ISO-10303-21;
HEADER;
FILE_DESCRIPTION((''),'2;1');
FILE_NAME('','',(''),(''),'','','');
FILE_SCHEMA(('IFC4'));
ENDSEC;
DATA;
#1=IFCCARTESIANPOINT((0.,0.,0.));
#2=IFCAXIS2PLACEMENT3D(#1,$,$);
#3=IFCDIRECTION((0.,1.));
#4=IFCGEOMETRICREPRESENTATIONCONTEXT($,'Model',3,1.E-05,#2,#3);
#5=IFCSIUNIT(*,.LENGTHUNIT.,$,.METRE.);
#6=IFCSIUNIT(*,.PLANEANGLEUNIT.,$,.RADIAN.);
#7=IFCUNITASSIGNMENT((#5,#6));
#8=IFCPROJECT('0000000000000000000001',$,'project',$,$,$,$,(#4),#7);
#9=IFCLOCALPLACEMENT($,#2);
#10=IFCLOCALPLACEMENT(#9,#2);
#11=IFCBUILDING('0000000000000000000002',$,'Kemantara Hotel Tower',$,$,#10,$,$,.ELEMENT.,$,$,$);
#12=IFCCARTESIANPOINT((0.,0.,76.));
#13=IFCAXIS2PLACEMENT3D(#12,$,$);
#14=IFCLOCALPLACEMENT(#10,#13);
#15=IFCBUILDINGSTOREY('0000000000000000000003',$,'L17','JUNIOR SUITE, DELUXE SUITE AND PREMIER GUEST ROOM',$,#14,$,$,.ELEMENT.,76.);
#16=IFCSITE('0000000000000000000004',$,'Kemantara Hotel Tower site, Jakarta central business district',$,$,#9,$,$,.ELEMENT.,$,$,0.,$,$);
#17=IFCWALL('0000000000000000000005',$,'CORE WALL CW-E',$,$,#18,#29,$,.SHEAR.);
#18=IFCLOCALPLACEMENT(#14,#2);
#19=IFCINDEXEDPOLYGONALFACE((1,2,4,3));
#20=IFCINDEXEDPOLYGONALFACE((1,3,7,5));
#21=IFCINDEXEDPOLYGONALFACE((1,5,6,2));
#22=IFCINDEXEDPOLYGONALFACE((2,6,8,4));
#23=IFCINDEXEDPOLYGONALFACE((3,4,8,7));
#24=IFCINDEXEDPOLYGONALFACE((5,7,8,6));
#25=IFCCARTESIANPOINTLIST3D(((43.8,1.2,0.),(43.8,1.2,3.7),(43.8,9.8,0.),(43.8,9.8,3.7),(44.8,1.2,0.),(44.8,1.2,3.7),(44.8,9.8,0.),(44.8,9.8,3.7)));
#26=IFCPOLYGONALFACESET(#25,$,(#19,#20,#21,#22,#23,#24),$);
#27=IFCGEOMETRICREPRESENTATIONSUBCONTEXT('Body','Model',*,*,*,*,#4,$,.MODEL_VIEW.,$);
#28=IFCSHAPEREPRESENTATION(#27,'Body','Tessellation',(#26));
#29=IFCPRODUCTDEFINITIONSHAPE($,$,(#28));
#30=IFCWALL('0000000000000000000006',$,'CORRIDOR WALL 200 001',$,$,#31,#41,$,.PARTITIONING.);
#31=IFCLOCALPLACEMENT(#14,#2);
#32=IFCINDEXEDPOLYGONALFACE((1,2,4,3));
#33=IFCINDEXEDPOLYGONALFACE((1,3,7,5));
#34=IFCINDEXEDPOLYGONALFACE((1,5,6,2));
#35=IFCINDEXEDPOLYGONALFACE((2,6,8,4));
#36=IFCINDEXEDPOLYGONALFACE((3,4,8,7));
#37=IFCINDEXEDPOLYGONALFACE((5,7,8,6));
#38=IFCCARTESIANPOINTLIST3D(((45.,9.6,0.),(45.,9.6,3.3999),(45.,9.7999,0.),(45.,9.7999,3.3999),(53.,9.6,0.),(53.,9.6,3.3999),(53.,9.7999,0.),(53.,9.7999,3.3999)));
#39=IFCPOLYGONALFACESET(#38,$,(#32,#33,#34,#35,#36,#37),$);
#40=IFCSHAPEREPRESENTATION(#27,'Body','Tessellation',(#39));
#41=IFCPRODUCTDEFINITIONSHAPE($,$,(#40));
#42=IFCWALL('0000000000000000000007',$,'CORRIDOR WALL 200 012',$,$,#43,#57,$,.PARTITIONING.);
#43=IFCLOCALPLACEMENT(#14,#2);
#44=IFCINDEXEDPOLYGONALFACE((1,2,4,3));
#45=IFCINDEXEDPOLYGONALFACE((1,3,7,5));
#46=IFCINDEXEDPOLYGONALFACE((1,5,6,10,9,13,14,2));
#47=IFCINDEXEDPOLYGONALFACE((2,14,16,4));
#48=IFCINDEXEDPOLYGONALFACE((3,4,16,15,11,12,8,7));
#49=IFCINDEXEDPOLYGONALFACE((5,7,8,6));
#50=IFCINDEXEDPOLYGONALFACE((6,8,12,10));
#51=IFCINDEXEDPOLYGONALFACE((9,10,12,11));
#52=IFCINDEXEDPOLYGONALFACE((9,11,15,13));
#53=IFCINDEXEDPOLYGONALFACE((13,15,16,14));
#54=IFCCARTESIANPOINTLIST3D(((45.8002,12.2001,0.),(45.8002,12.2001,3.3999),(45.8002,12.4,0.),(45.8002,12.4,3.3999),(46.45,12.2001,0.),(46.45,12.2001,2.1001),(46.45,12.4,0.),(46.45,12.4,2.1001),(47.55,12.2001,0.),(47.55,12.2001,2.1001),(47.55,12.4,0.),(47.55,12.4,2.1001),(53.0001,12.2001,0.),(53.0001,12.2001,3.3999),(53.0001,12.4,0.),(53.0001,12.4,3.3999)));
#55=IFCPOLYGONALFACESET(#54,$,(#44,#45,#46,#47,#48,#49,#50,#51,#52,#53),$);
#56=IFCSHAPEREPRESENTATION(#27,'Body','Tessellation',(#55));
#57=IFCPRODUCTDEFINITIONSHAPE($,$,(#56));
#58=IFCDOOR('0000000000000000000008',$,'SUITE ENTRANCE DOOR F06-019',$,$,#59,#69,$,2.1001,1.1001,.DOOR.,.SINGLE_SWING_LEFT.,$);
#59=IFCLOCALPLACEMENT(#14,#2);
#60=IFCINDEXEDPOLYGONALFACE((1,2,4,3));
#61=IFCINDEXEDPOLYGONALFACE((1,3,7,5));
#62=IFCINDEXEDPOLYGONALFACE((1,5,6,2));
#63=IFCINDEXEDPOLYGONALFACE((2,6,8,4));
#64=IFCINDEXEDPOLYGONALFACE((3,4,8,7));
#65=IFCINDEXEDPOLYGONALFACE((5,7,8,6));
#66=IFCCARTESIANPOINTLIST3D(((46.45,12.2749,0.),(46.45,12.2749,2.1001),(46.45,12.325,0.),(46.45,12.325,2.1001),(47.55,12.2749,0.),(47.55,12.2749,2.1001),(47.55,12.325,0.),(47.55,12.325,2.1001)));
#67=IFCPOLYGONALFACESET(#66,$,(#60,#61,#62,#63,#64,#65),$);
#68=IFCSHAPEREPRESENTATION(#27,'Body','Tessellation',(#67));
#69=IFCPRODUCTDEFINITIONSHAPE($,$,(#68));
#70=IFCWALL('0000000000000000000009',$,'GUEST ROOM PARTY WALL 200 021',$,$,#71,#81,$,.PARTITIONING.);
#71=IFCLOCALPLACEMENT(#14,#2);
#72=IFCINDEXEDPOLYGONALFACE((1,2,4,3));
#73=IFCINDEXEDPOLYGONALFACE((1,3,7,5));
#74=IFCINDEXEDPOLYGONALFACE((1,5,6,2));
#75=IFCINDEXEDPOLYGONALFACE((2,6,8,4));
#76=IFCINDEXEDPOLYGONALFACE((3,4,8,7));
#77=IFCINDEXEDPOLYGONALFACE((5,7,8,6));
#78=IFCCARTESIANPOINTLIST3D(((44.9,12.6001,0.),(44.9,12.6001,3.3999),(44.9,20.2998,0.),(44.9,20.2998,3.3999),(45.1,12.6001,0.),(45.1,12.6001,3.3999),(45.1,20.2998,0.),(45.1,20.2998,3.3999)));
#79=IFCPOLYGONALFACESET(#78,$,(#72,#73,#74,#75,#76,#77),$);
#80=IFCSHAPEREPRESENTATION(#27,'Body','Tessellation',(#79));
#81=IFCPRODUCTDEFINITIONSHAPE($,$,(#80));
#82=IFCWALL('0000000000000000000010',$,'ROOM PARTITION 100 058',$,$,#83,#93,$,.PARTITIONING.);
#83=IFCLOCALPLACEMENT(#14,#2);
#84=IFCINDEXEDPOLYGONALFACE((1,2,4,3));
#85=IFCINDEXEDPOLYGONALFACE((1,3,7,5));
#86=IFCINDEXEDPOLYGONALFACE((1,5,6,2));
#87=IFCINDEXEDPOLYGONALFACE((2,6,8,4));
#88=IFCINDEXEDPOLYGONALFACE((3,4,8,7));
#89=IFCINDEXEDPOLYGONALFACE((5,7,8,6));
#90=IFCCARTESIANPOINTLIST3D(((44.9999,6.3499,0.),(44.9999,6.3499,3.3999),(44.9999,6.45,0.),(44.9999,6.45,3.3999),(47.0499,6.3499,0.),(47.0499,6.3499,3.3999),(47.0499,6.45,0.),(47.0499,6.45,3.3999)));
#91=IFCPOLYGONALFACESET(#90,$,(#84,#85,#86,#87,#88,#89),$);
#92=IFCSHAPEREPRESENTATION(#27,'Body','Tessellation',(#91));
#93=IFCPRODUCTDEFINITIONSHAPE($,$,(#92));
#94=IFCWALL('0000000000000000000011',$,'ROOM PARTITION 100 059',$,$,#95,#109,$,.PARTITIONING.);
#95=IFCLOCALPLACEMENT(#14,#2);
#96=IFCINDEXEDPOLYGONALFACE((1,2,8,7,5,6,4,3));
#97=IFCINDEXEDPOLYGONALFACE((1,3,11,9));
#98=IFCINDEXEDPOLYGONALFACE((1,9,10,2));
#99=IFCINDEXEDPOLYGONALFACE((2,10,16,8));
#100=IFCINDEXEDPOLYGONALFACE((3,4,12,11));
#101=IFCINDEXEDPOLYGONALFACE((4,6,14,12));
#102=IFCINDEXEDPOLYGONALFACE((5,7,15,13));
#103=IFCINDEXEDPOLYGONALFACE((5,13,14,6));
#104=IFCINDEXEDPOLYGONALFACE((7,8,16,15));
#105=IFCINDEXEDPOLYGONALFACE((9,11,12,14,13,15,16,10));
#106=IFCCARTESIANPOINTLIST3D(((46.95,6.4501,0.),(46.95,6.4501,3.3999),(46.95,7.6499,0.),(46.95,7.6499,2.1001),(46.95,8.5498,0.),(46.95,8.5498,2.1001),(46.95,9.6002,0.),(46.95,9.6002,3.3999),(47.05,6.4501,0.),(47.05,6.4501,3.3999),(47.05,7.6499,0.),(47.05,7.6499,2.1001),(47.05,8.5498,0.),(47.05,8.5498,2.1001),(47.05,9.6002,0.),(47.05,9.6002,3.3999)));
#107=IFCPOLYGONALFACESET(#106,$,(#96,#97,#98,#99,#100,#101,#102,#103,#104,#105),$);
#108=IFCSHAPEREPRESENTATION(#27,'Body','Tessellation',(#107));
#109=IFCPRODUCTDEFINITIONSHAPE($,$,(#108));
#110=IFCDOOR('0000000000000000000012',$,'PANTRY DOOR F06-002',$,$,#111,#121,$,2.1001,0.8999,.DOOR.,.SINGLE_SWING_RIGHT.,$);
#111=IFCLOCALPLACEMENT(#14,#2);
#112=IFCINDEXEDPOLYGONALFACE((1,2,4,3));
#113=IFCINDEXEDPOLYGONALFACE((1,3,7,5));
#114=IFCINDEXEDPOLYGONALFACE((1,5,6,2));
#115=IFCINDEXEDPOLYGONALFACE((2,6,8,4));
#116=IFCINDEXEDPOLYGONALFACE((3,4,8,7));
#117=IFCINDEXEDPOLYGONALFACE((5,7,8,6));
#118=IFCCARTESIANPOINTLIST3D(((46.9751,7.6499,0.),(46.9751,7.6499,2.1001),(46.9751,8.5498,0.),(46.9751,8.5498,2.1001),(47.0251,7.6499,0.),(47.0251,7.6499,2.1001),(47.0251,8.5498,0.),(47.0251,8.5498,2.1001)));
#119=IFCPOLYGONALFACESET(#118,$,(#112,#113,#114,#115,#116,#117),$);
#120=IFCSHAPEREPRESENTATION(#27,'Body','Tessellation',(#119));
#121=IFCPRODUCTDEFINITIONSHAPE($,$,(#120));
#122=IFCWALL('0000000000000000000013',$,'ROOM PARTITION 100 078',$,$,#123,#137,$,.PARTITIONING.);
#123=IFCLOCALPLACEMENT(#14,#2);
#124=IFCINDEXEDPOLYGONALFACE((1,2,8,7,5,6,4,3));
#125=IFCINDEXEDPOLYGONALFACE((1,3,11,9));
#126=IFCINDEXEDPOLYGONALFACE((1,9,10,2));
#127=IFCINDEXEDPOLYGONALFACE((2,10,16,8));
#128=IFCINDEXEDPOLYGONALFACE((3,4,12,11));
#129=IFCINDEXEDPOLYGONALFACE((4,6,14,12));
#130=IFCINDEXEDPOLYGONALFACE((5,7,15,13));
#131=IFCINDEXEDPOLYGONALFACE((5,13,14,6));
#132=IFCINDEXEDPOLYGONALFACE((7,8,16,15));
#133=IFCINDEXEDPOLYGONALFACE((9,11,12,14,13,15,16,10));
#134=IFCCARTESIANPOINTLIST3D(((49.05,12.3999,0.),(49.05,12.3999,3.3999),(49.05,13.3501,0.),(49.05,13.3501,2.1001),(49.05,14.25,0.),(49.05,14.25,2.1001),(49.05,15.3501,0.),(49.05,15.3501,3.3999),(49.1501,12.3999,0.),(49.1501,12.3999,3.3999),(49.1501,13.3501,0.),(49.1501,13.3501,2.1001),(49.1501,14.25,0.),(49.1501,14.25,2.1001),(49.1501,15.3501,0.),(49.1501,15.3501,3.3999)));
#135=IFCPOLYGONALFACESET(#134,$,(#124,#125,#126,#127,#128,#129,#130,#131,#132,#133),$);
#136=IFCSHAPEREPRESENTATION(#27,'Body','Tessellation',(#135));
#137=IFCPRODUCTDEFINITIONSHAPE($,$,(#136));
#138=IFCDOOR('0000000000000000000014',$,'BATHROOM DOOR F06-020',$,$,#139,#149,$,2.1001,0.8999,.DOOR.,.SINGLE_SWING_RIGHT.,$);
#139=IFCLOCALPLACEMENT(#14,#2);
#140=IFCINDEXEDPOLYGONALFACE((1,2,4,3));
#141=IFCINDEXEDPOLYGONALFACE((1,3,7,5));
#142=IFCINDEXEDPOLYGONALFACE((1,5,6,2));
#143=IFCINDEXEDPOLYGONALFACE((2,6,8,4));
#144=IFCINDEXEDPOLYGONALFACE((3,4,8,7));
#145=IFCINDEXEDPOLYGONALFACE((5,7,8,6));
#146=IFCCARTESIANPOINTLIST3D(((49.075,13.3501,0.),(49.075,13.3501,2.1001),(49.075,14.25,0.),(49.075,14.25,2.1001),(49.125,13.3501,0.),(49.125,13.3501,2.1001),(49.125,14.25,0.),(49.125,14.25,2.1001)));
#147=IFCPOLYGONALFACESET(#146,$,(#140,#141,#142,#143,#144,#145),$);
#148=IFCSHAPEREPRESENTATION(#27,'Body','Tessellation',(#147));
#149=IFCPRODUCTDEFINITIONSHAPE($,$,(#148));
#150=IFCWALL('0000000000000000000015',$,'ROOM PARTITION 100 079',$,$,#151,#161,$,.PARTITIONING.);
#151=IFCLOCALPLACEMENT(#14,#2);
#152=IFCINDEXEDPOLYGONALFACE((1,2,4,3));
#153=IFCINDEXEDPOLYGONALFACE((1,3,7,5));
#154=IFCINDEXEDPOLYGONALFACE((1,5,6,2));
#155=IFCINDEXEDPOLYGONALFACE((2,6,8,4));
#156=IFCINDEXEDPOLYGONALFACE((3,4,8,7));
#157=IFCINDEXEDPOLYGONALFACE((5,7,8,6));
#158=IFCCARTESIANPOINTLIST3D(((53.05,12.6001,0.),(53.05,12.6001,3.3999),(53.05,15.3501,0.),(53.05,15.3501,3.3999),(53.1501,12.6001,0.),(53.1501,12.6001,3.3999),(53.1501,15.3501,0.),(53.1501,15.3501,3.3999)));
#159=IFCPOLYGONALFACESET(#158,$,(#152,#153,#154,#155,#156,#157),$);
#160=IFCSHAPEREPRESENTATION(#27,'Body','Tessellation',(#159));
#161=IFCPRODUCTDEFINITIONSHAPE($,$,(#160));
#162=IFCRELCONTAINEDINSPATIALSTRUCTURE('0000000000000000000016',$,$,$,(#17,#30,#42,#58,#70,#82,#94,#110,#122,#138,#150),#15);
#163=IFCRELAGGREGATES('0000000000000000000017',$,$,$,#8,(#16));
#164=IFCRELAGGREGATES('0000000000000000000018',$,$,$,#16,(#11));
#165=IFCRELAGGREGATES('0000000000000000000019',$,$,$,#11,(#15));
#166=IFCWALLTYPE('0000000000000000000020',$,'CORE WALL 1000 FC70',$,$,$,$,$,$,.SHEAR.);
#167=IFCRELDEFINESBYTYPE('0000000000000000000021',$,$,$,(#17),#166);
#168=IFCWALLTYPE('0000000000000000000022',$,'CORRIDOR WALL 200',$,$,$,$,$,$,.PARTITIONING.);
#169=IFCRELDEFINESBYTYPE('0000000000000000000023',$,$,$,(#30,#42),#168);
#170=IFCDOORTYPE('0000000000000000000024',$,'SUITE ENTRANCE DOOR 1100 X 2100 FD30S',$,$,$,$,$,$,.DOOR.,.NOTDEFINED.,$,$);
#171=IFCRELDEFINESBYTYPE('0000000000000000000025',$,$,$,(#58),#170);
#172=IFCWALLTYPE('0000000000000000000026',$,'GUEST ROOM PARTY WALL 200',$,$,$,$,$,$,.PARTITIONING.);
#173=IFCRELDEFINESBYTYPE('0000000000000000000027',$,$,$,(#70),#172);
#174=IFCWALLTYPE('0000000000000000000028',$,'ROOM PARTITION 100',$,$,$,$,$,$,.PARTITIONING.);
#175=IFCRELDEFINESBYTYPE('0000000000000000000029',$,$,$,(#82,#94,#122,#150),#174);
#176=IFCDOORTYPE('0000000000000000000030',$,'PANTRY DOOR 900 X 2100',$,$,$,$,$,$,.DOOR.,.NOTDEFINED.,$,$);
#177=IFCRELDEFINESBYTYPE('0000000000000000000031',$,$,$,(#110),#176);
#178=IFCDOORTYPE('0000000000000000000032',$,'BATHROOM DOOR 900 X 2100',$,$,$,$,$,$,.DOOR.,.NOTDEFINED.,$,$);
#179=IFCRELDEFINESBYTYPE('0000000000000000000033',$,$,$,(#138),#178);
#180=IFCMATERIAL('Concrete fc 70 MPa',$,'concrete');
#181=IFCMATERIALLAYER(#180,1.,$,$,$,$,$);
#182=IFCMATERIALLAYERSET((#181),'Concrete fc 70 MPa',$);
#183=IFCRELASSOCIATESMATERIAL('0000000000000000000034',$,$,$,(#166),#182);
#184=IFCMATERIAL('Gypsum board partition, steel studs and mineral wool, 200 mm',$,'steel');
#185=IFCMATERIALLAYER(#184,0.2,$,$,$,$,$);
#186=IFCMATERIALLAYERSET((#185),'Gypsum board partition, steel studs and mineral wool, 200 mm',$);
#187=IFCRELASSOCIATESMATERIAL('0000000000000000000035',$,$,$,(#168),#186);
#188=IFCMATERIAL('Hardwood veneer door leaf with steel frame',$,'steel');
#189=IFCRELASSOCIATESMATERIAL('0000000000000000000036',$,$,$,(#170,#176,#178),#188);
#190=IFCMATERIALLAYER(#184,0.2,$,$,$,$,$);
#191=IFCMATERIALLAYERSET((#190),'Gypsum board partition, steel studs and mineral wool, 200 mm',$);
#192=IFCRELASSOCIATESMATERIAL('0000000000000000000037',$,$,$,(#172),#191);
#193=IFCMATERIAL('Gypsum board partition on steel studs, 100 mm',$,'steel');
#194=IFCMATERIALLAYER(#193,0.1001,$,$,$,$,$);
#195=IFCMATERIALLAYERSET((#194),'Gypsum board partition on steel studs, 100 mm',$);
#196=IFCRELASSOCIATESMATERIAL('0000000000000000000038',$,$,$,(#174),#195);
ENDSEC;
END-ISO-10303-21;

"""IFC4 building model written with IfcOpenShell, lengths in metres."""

from ifc_helpers import new_model, si_unit, direction, frame, frame_2d, origin, place, context, subcontext, project, spatial, rectangle, extrude, material, layer, layer_set, type_object, element, fill, save


model = new_model("IFC4")

# Units and contexts
model_context = context("Model", 3, precision=1e-05, world=origin(), true_north=direction((0.0, 1.0)))
body_context = subcontext(model_context, "Body", "Model", "MODEL_VIEW")
ifc_project = project(units=[si_unit("LENGTHUNIT", "METRE"), si_unit("PLANEANGLEUNIT", "RADIAN")], contexts=[model_context])

# Site, building, storey
site_placement = place(None, origin())
site = spatial("IfcSite", under=ifc_project, at=site_placement, Name="Kemantara Hotel Tower site, Jakarta central business district", CompositionType="ELEMENT", RefElevation=0.0)
building_placement = place(site_placement, origin())
building = spatial("IfcBuilding", under=site, at=building_placement, Name="Kemantara Hotel Tower", CompositionType="ELEMENT")
storey_placement = place(building_placement, frame((0.0, 0.0, 76.0)))
storey = spatial("IfcBuildingStorey", under=building, at=storey_placement, Name="L17", Description="JUNIOR SUITE, DELUXE SUITE AND PREMIER GUEST ROOM", CompositionType="ELEMENT", Elevation=76.0)

# Shared definitions
ifc_material_1 = material(Name="Concrete fc 70 MPa", Category="concrete")

# Walls
ifc_layer_1 = layer(ifc_material_1, 1.0)
ifc_layer_set_1 = layer_set([ifc_layer_1], Name="Concrete fc 70 MPa")
wall_type_1 = type_object("IfcWallType", Name="CORE WALL 1000 FC70", PredefinedType="SHEAR", material=ifc_layer_set_1)
wall_1_placement = place(storey_placement, frame((44.3, 1.2, 0.0), z_axis=(0.0, 0.0, 1.0), x_axis=(0.0, 1.0, 0.0)))
element("IfcWall", 1, at=wall_1_placement, inside=storey, type_object=wall_type_1, Name="CORE WALL CW-E", PredefinedType="SHEAR", context=body_context, shape_type="SweptSolid", body=[
    extrude(rectangle(XDim=8.6001, YDim=1.0, at=frame_2d((4.3, 0.0))), origin(), (0.0, 0.0, 1.0), 3.7),
])
ifc_material_2 = material(Name="Gypsum board partition, steel studs and mineral wool, 200 mm", Category="steel")
ifc_layer_2 = layer(ifc_material_2, 0.2)
ifc_layer_set_2 = layer_set([ifc_layer_2], Name="Gypsum board partition, steel studs and mineral wool, 200 mm")
wall_type_2 = type_object("IfcWallType", Name="CORRIDOR WALL 200", PredefinedType="PARTITIONING", material=ifc_layer_set_2)
wall_2_placement = place(storey_placement, frame((45.0, 9.7, 0.0), z_axis=(0.0, 0.0, 1.0), x_axis=(1.0, 0.0, 0.0)))
element("IfcWall", 2, at=wall_2_placement, inside=storey, type_object=wall_type_2, Name="CORRIDOR WALL 200 001", PredefinedType="PARTITIONING", context=body_context, shape_type="SweptSolid", body=[
    extrude(rectangle(XDim=8.0, YDim=0.2, at=frame_2d((4.0, 0.0))), origin(), (0.0, 0.0, 1.0), 3.3999),
])

# Wall, opening, door
wall_3_placement = place(storey_placement, frame((45.8, 12.3, 0.0), z_axis=(0.0, 0.0, 1.0), x_axis=(1.0, 0.0, 0.0)))
wall_3 = element("IfcWall", 3, at=wall_3_placement, inside=storey, type_object=wall_type_2, Name="CORRIDOR WALL 200 012", PredefinedType="PARTITIONING", context=body_context, shape_type="SweptSolid", body=[
    extrude(rectangle(XDim=7.2, YDim=0.2, at=frame_2d((3.6001, 0.0))), origin(), (0.0, 0.0, 1.0), 3.3999),
])
opening_1_placement = place(wall_3_placement, frame((0.6499, 0.0, 0.0)))
opening_1 = element("IfcOpeningElement", 4, at=opening_1_placement, cuts=wall_3, PredefinedType="OPENING", context=body_context, shape_type="SweptSolid", body=[
    extrude(rectangle(XDim=1.1001, YDim=2.1001, at=frame_2d((0.55, 1.05))), frame((0.0, 0.1099, 0.0), z_axis=(0.0, -1.0, 0.0), x_axis=(1.0, 0.0, 0.0)), (0.0, 0.0, 1.0), 0.22),
])
ifc_material_3 = material(Name="Hardwood veneer door leaf with steel frame", Category="steel")
door_type_1 = type_object("IfcDoorType", Name="SUITE ENTRANCE DOOR 1100 X 2100 FD30S", OperationType="NOTDEFINED", PredefinedType="DOOR", material=ifc_material_3)
door_1_placement = place(opening_1_placement, origin())
door_1 = element("IfcDoor", 5, at=door_1_placement, inside=storey, type_object=door_type_1, Name="SUITE ENTRANCE DOOR F06-019", OperationType="SINGLE_SWING_LEFT", OverallHeight=2.1001, OverallWidth=1.1001, PredefinedType="DOOR", context=body_context, shape_type="SweptSolid", body=[
    extrude(rectangle(XDim=1.1001, YDim=2.1001, at=frame_2d((0.55, 1.05))), frame((0.0, 0.0249, 0.0), z_axis=(0.0, -1.0, 0.0), x_axis=(1.0, 0.0, 0.0)), (0.0, 0.0, 1.0), 0.05),
])
fill(opening_1, door_1)

# Walls
ifc_layer_3 = layer(ifc_material_2, 0.2)
ifc_layer_set_3 = layer_set([ifc_layer_3], Name="Gypsum board partition, steel studs and mineral wool, 200 mm")
wall_type_3 = type_object("IfcWallType", Name="GUEST ROOM PARTY WALL 200", PredefinedType="PARTITIONING", material=ifc_layer_set_3)
wall_4_placement = place(storey_placement, frame((45.0, 12.6001, 0.0), z_axis=(0.0, 0.0, 1.0), x_axis=(0.0, 1.0, 0.0)))
element("IfcWall", 6, at=wall_4_placement, inside=storey, type_object=wall_type_3, Name="GUEST ROOM PARTY WALL 200 021", PredefinedType="PARTITIONING", context=body_context, shape_type="SweptSolid", body=[
    extrude(rectangle(XDim=7.6997, YDim=0.2, at=frame_2d((3.8499, 0.0))), origin(), (0.0, 0.0, 1.0), 3.3999),
])
ifc_material_4 = material(Name="Gypsum board partition on steel studs, 100 mm", Category="steel")
ifc_layer_4 = layer(ifc_material_4, 0.1001)
ifc_layer_set_4 = layer_set([ifc_layer_4], Name="Gypsum board partition on steel studs, 100 mm")
wall_type_4 = type_object("IfcWallType", Name="ROOM PARTITION 100", PredefinedType="PARTITIONING", material=ifc_layer_set_4)
wall_5_placement = place(storey_placement, frame((45.0, 6.3999, 0.0), z_axis=(0.0, 0.0, 1.0), x_axis=(1.0, 0.0, 0.0)))
element("IfcWall", 7, at=wall_5_placement, inside=storey, type_object=wall_type_4, Name="ROOM PARTITION 100 058", PredefinedType="PARTITIONING", context=body_context, shape_type="SweptSolid", body=[
    extrude(rectangle(XDim=2.05, YDim=0.1001, at=frame_2d((1.0249, 0.0))), origin(), (0.0, 0.0, 1.0), 3.3999),
])

# Walls, openings, doors
wall_6_placement = place(storey_placement, frame((47.0, 6.45, 0.0), z_axis=(0.0, 0.0, 1.0), x_axis=(0.0, 1.0, 0.0)))
wall_6 = element("IfcWall", 8, at=wall_6_placement, inside=storey, type_object=wall_type_4, Name="ROOM PARTITION 100 059", PredefinedType="PARTITIONING", context=body_context, shape_type="SweptSolid", body=[
    extrude(rectangle(XDim=3.1501, YDim=0.1001, at=frame_2d((1.5752, 0.0))), origin(), (0.0, 0.0, 1.0), 3.3999),
])
opening_2_placement = place(wall_6_placement, frame((1.2, 0.0, 0.0)))
opening_2 = element("IfcOpeningElement", 9, at=opening_2_placement, cuts=wall_6, PredefinedType="OPENING", context=body_context, shape_type="SweptSolid", body=[
    extrude(rectangle(XDim=0.8999, YDim=2.1001, at=frame_2d((0.45, 1.05))), frame((0.0, 0.0601, 0.0), z_axis=(0.0, -1.0, 0.0), x_axis=(1.0, 0.0, 0.0)), (0.0, 0.0, 1.0), 0.1201),
])
door_type_2 = type_object("IfcDoorType", Name="PANTRY DOOR 900 X 2100", OperationType="NOTDEFINED", PredefinedType="DOOR", material=ifc_material_3)
door_2_placement = place(opening_2_placement, origin())
door_2 = element("IfcDoor", 10, at=door_2_placement, inside=storey, type_object=door_type_2, Name="PANTRY DOOR F06-002", OperationType="SINGLE_SWING_RIGHT", OverallHeight=2.1001, OverallWidth=0.8999, PredefinedType="DOOR", context=body_context, shape_type="SweptSolid", body=[
    extrude(rectangle(XDim=0.8999, YDim=2.1001, at=frame_2d((0.45, 1.05))), frame((0.0, 0.0249, 0.0), z_axis=(0.0, -1.0, 0.0), x_axis=(1.0, 0.0, 0.0)), (0.0, 0.0, 1.0), 0.05),
])
fill(opening_2, door_2)
wall_7_placement = place(storey_placement, frame((49.1001, 15.3501, 0.0), z_axis=(0.0, 0.0, 1.0), x_axis=(0.0, -1.0, 0.0)))
wall_7 = element("IfcWall", 11, at=wall_7_placement, inside=storey, type_object=wall_type_4, Name="ROOM PARTITION 100 078", PredefinedType="PARTITIONING", context=body_context, shape_type="SweptSolid", body=[
    extrude(rectangle(XDim=2.9502, YDim=0.1001, at=frame_2d((1.4751, 0.0))), origin(), (0.0, 0.0, 1.0), 3.3999),
])
opening_3_placement = place(wall_7_placement, frame((1.1001, 0.0, 0.0)))
opening_3 = element("IfcOpeningElement", 12, at=opening_3_placement, cuts=wall_7, PredefinedType="OPENING", context=body_context, shape_type="SweptSolid", body=[
    extrude(rectangle(XDim=0.8999, YDim=2.1001, at=frame_2d((0.45, 1.05))), frame((0.0, 0.0601, 0.0), z_axis=(0.0, -1.0, 0.0), x_axis=(1.0, 0.0, 0.0)), (0.0, 0.0, 1.0), 0.1201),
])
door_type_3 = type_object("IfcDoorType", Name="BATHROOM DOOR 900 X 2100", OperationType="NOTDEFINED", PredefinedType="DOOR", material=ifc_material_3)
door_3_placement = place(opening_3_placement, origin())
door_3 = element("IfcDoor", 13, at=door_3_placement, inside=storey, type_object=door_type_3, Name="BATHROOM DOOR F06-020", OperationType="SINGLE_SWING_RIGHT", OverallHeight=2.1001, OverallWidth=0.8999, PredefinedType="DOOR", context=body_context, shape_type="SweptSolid", body=[
    extrude(rectangle(XDim=0.8999, YDim=2.1001, at=frame_2d((0.45, 1.05))), frame((0.0, 0.0249, 0.0), z_axis=(0.0, -1.0, 0.0), x_axis=(1.0, 0.0, 0.0)), (0.0, 0.0, 1.0), 0.05),
])
fill(opening_3, door_3)

# Wall
wall_8_placement = place(storey_placement, frame((53.1001, 12.6001, 0.0), z_axis=(0.0, 0.0, 1.0), x_axis=(0.0, 1.0, 0.0)))
element("IfcWall", 14, at=wall_8_placement, inside=storey, type_object=wall_type_4, Name="ROOM PARTITION 100 079", PredefinedType="PARTITIONING", context=body_context, shape_type="SweptSolid", body=[
    extrude(rectangle(XDim=2.75, YDim=0.1001, at=frame_2d((1.375, 0.0))), origin(), (0.0, 0.0, 1.0), 3.3999),
])

save(model, "model.ifc")
